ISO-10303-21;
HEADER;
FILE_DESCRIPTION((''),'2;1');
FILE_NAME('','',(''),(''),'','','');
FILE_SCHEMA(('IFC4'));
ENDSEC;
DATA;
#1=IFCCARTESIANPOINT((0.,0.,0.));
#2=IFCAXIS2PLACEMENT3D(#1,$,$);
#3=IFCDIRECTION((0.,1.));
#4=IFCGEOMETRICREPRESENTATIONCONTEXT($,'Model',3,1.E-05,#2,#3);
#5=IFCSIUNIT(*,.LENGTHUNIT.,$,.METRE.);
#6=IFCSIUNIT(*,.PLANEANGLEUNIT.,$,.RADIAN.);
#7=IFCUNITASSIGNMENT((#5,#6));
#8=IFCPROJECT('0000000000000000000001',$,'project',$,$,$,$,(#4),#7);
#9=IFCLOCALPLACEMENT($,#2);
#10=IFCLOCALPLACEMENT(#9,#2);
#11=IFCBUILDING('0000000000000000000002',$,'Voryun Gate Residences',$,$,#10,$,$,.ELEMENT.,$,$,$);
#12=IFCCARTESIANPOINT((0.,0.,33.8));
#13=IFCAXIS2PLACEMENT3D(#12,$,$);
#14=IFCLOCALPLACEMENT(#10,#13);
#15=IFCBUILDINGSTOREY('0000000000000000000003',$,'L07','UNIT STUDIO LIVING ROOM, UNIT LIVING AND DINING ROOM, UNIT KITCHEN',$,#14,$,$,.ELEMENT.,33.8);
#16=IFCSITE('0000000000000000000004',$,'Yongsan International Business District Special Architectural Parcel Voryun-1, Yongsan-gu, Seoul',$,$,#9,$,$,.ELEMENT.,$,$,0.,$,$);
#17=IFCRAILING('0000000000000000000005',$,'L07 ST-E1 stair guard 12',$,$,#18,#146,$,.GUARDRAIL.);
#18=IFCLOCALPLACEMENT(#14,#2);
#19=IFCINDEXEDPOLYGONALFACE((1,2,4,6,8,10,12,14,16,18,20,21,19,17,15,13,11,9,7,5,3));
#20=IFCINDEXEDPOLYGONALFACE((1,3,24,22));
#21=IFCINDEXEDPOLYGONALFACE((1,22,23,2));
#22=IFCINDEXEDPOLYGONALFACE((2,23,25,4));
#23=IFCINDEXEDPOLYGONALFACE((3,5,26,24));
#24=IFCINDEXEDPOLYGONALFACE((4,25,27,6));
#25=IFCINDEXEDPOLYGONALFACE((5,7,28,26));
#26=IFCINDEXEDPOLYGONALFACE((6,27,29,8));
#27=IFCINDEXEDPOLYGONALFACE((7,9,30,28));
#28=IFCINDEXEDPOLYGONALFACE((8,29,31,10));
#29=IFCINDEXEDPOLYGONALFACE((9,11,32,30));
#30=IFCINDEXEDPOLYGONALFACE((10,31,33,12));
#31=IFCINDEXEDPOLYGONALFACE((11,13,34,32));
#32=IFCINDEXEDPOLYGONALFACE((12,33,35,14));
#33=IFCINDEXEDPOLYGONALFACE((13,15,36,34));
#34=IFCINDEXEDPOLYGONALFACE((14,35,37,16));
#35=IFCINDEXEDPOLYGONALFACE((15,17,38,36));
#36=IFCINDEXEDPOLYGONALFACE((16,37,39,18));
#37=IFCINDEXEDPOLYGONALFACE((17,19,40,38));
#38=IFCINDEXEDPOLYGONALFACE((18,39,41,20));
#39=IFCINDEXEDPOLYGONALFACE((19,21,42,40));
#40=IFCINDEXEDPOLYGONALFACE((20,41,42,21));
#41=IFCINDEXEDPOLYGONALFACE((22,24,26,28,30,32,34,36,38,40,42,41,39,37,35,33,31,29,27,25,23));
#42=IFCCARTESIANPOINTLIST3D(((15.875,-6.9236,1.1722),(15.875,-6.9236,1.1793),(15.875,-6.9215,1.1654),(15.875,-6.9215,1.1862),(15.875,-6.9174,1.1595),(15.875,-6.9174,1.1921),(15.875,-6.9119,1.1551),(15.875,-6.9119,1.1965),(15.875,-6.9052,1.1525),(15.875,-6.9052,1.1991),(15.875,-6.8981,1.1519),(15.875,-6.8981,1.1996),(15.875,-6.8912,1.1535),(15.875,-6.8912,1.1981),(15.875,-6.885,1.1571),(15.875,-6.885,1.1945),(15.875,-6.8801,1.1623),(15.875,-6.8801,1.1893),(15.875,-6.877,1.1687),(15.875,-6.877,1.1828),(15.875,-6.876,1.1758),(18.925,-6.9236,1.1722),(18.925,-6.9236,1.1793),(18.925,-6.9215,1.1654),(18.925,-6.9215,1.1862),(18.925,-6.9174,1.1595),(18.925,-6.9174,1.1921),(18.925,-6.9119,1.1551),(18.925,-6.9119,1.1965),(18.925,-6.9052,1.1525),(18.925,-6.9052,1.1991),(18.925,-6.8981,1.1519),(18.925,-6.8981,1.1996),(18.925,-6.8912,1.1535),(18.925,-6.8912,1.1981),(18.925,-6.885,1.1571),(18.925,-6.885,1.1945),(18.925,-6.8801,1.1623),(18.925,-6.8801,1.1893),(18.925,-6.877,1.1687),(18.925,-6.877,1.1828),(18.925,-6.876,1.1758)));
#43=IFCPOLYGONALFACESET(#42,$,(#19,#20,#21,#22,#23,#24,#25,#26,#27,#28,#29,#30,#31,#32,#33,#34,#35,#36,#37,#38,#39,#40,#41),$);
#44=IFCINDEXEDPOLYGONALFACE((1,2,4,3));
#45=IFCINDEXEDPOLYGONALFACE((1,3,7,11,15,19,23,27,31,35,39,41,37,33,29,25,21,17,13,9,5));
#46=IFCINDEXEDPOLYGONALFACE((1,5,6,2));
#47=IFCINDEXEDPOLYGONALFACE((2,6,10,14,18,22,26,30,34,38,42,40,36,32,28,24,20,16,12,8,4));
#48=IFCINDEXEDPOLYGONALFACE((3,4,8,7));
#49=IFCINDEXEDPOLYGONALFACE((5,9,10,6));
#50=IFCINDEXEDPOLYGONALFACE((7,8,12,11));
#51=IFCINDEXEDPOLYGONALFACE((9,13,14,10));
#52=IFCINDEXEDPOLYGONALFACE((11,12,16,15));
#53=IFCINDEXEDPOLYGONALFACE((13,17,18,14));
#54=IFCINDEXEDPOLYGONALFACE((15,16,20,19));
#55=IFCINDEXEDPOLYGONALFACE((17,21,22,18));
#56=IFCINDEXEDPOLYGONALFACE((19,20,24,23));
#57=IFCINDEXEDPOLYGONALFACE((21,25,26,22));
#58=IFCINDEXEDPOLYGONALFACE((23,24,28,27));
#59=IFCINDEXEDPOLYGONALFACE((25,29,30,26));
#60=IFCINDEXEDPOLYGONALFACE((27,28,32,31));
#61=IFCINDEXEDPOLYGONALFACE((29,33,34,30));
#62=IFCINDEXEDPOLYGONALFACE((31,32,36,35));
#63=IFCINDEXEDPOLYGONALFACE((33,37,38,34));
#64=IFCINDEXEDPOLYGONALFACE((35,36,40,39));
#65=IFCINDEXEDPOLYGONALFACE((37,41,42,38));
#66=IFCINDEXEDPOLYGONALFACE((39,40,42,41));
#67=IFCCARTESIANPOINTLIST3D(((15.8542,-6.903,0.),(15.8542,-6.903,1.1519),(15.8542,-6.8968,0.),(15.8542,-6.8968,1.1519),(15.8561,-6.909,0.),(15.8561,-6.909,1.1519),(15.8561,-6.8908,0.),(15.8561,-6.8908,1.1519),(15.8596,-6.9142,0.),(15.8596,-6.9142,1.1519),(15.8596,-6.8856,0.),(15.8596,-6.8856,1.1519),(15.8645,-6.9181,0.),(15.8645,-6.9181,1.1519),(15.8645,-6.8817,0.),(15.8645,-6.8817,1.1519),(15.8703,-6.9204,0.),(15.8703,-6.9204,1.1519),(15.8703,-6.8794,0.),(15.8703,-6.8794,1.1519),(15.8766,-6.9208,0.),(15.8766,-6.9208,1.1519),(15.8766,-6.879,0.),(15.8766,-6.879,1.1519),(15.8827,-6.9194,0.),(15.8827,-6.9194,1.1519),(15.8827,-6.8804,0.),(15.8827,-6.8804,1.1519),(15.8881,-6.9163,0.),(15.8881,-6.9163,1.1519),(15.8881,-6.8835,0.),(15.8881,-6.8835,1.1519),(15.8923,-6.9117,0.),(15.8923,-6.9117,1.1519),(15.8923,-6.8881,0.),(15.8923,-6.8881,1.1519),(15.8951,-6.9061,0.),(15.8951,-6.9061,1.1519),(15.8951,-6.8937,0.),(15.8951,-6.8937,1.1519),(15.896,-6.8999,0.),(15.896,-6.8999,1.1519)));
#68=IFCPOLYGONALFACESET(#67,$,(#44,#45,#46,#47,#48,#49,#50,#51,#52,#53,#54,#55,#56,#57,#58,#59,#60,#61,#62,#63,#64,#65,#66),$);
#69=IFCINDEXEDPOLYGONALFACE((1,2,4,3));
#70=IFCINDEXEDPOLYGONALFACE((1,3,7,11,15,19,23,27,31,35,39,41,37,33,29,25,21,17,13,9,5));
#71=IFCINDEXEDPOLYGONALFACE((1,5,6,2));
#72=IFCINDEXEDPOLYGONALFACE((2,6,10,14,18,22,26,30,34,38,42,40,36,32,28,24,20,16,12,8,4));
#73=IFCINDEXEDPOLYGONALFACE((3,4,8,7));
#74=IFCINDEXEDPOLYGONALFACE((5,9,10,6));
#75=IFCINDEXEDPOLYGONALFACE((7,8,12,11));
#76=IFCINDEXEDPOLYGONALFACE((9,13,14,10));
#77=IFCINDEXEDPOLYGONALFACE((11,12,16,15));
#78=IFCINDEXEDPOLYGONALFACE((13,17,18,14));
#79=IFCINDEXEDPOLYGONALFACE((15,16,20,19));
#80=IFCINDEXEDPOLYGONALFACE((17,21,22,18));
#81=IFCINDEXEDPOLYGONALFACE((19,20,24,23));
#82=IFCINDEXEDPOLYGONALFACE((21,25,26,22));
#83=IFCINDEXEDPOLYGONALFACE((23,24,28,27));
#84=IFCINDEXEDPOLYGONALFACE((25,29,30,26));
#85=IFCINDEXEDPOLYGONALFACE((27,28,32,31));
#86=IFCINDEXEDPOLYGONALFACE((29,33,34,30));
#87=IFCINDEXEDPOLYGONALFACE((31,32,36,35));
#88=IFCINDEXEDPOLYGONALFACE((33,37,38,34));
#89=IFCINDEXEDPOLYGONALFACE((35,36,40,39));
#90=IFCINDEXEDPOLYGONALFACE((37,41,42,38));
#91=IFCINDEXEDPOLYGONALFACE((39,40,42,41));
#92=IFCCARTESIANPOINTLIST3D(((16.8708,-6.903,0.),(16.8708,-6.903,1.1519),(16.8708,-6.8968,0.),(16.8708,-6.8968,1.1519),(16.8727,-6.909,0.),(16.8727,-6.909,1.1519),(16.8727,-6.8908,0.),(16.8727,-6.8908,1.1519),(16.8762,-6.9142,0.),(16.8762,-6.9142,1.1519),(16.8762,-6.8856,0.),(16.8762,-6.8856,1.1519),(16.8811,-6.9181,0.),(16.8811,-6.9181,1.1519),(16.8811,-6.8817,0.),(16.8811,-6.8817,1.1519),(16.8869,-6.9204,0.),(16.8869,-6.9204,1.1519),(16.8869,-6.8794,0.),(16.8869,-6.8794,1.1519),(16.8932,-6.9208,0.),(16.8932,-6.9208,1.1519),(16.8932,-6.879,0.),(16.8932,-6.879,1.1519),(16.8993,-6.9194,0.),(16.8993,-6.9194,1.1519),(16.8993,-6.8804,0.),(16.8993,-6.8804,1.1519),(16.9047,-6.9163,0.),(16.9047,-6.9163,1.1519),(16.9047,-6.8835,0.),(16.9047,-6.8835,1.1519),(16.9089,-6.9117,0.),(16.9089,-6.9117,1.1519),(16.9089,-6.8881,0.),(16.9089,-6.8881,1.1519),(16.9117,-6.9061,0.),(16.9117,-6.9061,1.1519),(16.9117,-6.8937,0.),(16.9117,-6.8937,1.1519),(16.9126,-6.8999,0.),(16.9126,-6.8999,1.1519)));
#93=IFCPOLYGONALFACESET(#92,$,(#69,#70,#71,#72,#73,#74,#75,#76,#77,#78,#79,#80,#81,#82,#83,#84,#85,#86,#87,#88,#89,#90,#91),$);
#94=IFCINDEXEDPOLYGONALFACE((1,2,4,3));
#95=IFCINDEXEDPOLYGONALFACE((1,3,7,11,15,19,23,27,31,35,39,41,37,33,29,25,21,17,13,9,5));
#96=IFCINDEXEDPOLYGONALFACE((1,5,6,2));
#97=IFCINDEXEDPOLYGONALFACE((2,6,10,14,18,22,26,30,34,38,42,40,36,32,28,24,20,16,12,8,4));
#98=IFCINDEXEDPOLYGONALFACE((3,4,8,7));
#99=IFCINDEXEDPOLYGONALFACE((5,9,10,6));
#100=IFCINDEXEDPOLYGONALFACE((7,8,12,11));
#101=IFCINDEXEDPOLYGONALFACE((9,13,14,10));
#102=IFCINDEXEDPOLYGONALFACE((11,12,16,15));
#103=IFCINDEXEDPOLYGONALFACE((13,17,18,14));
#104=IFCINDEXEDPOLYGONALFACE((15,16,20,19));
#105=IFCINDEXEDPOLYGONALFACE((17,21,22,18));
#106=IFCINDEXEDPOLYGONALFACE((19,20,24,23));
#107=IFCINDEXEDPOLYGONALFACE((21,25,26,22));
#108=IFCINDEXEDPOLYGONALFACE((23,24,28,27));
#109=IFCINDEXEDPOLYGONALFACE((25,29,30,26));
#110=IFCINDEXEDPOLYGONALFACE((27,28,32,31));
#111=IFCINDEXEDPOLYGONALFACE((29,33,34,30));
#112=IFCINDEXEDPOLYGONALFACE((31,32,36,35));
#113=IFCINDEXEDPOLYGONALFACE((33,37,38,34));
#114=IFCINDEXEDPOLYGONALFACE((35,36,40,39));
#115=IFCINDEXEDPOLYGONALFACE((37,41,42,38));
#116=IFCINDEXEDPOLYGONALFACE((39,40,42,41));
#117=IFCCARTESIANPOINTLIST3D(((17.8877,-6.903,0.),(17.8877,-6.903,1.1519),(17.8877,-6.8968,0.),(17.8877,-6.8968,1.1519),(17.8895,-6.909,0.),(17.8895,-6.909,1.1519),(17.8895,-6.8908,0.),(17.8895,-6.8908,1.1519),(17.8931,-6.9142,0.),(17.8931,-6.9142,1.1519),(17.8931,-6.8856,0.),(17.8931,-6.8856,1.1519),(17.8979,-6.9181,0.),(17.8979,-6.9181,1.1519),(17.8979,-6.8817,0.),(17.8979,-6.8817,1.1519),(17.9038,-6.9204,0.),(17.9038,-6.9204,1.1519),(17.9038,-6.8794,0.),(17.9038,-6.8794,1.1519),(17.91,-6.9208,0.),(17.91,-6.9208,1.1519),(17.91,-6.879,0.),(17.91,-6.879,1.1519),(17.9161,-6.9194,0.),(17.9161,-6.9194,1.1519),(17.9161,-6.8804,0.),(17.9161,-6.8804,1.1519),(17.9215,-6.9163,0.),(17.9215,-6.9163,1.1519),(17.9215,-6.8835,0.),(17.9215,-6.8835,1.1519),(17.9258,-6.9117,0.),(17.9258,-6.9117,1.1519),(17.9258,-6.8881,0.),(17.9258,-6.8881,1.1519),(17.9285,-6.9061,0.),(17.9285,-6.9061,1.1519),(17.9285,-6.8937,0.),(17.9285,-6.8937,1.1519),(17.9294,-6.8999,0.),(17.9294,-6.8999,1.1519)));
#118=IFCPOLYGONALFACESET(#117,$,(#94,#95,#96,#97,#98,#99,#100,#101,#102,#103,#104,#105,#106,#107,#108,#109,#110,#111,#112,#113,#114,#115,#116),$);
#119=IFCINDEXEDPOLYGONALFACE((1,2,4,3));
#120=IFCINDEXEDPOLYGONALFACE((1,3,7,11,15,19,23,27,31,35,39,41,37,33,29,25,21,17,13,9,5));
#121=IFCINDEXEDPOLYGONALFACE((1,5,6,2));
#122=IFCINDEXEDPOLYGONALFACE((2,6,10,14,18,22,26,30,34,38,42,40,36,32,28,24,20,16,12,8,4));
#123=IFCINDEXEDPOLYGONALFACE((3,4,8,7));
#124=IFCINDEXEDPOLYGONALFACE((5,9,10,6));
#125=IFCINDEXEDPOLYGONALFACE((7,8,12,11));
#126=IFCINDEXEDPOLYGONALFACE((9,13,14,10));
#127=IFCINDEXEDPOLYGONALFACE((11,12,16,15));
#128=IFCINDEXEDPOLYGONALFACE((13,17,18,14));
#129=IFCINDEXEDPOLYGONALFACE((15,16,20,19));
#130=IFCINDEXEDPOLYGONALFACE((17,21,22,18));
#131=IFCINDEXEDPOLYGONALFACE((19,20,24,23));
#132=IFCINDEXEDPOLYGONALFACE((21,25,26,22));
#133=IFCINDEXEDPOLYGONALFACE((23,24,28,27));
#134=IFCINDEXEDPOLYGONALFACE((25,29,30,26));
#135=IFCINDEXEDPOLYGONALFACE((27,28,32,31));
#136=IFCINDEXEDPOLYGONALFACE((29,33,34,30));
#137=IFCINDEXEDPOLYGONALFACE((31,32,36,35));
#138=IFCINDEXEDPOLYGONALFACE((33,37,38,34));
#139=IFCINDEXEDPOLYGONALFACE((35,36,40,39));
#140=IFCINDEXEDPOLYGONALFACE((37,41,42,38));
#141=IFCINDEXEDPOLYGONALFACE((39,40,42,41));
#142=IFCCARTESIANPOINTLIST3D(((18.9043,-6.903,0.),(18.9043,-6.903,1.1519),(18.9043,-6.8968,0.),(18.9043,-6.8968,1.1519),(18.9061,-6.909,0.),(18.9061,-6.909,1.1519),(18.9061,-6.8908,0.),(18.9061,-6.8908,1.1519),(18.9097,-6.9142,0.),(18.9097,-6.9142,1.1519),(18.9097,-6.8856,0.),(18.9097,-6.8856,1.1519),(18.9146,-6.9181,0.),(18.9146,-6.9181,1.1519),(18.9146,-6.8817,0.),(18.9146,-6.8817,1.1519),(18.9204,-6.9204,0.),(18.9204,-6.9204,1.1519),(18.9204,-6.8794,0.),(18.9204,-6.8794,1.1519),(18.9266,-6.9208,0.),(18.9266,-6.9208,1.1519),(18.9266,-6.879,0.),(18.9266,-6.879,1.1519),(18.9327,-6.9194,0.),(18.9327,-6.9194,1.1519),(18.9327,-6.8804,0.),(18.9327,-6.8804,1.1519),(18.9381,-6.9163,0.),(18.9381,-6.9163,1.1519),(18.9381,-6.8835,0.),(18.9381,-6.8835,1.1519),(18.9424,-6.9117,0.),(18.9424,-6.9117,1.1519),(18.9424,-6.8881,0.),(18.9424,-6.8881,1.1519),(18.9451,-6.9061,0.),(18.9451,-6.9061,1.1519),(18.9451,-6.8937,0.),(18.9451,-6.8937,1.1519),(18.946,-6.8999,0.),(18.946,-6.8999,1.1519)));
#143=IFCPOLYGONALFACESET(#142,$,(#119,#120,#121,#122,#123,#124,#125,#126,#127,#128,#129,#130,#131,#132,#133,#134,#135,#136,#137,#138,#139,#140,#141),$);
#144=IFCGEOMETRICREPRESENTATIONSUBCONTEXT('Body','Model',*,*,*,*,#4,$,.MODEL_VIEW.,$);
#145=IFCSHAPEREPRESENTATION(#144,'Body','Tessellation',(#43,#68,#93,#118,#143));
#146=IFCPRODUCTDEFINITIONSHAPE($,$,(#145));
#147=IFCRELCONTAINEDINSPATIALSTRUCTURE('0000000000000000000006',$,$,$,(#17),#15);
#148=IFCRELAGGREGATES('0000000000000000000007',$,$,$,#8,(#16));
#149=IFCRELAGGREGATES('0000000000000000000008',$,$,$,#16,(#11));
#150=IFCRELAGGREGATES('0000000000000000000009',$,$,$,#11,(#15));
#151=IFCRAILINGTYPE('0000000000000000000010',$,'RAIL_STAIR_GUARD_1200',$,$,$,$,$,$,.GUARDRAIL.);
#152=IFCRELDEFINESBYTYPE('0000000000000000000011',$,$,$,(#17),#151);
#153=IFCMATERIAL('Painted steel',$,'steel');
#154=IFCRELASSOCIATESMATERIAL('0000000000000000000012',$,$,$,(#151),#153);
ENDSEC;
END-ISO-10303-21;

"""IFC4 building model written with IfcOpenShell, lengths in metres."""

from ifc_helpers import new_model, si_unit, direction, frame, origin, origin_2d, place, context, subcontext, project, spatial, circle, extrude, material, type_object, element, save


model = new_model("IFC4")

# Units and contexts
model_context = context("Model", 3, precision=1e-05, world=origin(), true_north=direction((0.0, 1.0)))
body_context = subcontext(model_context, "Body", "Model", "MODEL_VIEW")
ifc_project = project(units=[si_unit("LENGTHUNIT", "METRE"), si_unit("PLANEANGLEUNIT", "RADIAN")], contexts=[model_context])

# Site, building, storey
site_placement = place(None, origin())
site = spatial("IfcSite", under=ifc_project, at=site_placement, Name="Yongsan International Business District Special Architectural Parcel Voryun-1, Yongsan-gu, Seoul", CompositionType="ELEMENT", RefElevation=0.0)
building_placement = place(site_placement, origin())
building = spatial("IfcBuilding", under=site, at=building_placement, Name="Voryun Gate Residences", CompositionType="ELEMENT")
storey_placement = place(building_placement, frame((0.0, 0.0, 33.8)))
storey = spatial("IfcBuildingStorey", under=building, at=storey_placement, Name="L07", Description="UNIT STUDIO LIVING ROOM, UNIT LIVING AND DINING ROOM, UNIT KITCHEN", CompositionType="ELEMENT", Elevation=33.8)

# Railing
ifc_material_1 = material(Name="Painted steel", Category="steel")
railing_type_1 = type_object("IfcRailingType", Name="RAIL_STAIR_GUARD_1200", PredefinedType="GUARDRAIL", material=ifc_material_1)
railing_1_placement = place(storey_placement, frame((15.875, -6.8999, 0.0)))
element("IfcRailing", 1, at=railing_1_placement, inside=storey, type_object=railing_type_1, Name="L07 ST-E1 stair guard 12", PredefinedType="GUARDRAIL", context=body_context, shape_type="SweptSolid", body=[
    extrude(circle(Radius=0.0239, at=origin_2d()), frame((0.0, 0.0, 1.1758), z_axis=(1.0, 0.0, 0.0), x_axis=(0.0, 1.0, 0.0)), (0.0, 0.0, 1.0), 3.05),
    extrude(circle(Radius=0.021, at=origin_2d()), origin(), (0.0, 0.0, 1.0), 1.1519),
    extrude(circle(Radius=0.021, at=origin_2d()), frame((1.0166, 0.0, 0.0)), (0.0, 0.0, 1.0), 1.1519),
    extrude(circle(Radius=0.021, at=origin_2d()), frame((2.0334, 0.0, 0.0)), (0.0, 0.0, 1.0), 1.1519),
    extrude(circle(Radius=0.021, at=origin_2d()), frame((3.05, 0.0, 0.0)), (0.0, 0.0, 1.0), 1.1519),
])

save(model, "model.ifc")
